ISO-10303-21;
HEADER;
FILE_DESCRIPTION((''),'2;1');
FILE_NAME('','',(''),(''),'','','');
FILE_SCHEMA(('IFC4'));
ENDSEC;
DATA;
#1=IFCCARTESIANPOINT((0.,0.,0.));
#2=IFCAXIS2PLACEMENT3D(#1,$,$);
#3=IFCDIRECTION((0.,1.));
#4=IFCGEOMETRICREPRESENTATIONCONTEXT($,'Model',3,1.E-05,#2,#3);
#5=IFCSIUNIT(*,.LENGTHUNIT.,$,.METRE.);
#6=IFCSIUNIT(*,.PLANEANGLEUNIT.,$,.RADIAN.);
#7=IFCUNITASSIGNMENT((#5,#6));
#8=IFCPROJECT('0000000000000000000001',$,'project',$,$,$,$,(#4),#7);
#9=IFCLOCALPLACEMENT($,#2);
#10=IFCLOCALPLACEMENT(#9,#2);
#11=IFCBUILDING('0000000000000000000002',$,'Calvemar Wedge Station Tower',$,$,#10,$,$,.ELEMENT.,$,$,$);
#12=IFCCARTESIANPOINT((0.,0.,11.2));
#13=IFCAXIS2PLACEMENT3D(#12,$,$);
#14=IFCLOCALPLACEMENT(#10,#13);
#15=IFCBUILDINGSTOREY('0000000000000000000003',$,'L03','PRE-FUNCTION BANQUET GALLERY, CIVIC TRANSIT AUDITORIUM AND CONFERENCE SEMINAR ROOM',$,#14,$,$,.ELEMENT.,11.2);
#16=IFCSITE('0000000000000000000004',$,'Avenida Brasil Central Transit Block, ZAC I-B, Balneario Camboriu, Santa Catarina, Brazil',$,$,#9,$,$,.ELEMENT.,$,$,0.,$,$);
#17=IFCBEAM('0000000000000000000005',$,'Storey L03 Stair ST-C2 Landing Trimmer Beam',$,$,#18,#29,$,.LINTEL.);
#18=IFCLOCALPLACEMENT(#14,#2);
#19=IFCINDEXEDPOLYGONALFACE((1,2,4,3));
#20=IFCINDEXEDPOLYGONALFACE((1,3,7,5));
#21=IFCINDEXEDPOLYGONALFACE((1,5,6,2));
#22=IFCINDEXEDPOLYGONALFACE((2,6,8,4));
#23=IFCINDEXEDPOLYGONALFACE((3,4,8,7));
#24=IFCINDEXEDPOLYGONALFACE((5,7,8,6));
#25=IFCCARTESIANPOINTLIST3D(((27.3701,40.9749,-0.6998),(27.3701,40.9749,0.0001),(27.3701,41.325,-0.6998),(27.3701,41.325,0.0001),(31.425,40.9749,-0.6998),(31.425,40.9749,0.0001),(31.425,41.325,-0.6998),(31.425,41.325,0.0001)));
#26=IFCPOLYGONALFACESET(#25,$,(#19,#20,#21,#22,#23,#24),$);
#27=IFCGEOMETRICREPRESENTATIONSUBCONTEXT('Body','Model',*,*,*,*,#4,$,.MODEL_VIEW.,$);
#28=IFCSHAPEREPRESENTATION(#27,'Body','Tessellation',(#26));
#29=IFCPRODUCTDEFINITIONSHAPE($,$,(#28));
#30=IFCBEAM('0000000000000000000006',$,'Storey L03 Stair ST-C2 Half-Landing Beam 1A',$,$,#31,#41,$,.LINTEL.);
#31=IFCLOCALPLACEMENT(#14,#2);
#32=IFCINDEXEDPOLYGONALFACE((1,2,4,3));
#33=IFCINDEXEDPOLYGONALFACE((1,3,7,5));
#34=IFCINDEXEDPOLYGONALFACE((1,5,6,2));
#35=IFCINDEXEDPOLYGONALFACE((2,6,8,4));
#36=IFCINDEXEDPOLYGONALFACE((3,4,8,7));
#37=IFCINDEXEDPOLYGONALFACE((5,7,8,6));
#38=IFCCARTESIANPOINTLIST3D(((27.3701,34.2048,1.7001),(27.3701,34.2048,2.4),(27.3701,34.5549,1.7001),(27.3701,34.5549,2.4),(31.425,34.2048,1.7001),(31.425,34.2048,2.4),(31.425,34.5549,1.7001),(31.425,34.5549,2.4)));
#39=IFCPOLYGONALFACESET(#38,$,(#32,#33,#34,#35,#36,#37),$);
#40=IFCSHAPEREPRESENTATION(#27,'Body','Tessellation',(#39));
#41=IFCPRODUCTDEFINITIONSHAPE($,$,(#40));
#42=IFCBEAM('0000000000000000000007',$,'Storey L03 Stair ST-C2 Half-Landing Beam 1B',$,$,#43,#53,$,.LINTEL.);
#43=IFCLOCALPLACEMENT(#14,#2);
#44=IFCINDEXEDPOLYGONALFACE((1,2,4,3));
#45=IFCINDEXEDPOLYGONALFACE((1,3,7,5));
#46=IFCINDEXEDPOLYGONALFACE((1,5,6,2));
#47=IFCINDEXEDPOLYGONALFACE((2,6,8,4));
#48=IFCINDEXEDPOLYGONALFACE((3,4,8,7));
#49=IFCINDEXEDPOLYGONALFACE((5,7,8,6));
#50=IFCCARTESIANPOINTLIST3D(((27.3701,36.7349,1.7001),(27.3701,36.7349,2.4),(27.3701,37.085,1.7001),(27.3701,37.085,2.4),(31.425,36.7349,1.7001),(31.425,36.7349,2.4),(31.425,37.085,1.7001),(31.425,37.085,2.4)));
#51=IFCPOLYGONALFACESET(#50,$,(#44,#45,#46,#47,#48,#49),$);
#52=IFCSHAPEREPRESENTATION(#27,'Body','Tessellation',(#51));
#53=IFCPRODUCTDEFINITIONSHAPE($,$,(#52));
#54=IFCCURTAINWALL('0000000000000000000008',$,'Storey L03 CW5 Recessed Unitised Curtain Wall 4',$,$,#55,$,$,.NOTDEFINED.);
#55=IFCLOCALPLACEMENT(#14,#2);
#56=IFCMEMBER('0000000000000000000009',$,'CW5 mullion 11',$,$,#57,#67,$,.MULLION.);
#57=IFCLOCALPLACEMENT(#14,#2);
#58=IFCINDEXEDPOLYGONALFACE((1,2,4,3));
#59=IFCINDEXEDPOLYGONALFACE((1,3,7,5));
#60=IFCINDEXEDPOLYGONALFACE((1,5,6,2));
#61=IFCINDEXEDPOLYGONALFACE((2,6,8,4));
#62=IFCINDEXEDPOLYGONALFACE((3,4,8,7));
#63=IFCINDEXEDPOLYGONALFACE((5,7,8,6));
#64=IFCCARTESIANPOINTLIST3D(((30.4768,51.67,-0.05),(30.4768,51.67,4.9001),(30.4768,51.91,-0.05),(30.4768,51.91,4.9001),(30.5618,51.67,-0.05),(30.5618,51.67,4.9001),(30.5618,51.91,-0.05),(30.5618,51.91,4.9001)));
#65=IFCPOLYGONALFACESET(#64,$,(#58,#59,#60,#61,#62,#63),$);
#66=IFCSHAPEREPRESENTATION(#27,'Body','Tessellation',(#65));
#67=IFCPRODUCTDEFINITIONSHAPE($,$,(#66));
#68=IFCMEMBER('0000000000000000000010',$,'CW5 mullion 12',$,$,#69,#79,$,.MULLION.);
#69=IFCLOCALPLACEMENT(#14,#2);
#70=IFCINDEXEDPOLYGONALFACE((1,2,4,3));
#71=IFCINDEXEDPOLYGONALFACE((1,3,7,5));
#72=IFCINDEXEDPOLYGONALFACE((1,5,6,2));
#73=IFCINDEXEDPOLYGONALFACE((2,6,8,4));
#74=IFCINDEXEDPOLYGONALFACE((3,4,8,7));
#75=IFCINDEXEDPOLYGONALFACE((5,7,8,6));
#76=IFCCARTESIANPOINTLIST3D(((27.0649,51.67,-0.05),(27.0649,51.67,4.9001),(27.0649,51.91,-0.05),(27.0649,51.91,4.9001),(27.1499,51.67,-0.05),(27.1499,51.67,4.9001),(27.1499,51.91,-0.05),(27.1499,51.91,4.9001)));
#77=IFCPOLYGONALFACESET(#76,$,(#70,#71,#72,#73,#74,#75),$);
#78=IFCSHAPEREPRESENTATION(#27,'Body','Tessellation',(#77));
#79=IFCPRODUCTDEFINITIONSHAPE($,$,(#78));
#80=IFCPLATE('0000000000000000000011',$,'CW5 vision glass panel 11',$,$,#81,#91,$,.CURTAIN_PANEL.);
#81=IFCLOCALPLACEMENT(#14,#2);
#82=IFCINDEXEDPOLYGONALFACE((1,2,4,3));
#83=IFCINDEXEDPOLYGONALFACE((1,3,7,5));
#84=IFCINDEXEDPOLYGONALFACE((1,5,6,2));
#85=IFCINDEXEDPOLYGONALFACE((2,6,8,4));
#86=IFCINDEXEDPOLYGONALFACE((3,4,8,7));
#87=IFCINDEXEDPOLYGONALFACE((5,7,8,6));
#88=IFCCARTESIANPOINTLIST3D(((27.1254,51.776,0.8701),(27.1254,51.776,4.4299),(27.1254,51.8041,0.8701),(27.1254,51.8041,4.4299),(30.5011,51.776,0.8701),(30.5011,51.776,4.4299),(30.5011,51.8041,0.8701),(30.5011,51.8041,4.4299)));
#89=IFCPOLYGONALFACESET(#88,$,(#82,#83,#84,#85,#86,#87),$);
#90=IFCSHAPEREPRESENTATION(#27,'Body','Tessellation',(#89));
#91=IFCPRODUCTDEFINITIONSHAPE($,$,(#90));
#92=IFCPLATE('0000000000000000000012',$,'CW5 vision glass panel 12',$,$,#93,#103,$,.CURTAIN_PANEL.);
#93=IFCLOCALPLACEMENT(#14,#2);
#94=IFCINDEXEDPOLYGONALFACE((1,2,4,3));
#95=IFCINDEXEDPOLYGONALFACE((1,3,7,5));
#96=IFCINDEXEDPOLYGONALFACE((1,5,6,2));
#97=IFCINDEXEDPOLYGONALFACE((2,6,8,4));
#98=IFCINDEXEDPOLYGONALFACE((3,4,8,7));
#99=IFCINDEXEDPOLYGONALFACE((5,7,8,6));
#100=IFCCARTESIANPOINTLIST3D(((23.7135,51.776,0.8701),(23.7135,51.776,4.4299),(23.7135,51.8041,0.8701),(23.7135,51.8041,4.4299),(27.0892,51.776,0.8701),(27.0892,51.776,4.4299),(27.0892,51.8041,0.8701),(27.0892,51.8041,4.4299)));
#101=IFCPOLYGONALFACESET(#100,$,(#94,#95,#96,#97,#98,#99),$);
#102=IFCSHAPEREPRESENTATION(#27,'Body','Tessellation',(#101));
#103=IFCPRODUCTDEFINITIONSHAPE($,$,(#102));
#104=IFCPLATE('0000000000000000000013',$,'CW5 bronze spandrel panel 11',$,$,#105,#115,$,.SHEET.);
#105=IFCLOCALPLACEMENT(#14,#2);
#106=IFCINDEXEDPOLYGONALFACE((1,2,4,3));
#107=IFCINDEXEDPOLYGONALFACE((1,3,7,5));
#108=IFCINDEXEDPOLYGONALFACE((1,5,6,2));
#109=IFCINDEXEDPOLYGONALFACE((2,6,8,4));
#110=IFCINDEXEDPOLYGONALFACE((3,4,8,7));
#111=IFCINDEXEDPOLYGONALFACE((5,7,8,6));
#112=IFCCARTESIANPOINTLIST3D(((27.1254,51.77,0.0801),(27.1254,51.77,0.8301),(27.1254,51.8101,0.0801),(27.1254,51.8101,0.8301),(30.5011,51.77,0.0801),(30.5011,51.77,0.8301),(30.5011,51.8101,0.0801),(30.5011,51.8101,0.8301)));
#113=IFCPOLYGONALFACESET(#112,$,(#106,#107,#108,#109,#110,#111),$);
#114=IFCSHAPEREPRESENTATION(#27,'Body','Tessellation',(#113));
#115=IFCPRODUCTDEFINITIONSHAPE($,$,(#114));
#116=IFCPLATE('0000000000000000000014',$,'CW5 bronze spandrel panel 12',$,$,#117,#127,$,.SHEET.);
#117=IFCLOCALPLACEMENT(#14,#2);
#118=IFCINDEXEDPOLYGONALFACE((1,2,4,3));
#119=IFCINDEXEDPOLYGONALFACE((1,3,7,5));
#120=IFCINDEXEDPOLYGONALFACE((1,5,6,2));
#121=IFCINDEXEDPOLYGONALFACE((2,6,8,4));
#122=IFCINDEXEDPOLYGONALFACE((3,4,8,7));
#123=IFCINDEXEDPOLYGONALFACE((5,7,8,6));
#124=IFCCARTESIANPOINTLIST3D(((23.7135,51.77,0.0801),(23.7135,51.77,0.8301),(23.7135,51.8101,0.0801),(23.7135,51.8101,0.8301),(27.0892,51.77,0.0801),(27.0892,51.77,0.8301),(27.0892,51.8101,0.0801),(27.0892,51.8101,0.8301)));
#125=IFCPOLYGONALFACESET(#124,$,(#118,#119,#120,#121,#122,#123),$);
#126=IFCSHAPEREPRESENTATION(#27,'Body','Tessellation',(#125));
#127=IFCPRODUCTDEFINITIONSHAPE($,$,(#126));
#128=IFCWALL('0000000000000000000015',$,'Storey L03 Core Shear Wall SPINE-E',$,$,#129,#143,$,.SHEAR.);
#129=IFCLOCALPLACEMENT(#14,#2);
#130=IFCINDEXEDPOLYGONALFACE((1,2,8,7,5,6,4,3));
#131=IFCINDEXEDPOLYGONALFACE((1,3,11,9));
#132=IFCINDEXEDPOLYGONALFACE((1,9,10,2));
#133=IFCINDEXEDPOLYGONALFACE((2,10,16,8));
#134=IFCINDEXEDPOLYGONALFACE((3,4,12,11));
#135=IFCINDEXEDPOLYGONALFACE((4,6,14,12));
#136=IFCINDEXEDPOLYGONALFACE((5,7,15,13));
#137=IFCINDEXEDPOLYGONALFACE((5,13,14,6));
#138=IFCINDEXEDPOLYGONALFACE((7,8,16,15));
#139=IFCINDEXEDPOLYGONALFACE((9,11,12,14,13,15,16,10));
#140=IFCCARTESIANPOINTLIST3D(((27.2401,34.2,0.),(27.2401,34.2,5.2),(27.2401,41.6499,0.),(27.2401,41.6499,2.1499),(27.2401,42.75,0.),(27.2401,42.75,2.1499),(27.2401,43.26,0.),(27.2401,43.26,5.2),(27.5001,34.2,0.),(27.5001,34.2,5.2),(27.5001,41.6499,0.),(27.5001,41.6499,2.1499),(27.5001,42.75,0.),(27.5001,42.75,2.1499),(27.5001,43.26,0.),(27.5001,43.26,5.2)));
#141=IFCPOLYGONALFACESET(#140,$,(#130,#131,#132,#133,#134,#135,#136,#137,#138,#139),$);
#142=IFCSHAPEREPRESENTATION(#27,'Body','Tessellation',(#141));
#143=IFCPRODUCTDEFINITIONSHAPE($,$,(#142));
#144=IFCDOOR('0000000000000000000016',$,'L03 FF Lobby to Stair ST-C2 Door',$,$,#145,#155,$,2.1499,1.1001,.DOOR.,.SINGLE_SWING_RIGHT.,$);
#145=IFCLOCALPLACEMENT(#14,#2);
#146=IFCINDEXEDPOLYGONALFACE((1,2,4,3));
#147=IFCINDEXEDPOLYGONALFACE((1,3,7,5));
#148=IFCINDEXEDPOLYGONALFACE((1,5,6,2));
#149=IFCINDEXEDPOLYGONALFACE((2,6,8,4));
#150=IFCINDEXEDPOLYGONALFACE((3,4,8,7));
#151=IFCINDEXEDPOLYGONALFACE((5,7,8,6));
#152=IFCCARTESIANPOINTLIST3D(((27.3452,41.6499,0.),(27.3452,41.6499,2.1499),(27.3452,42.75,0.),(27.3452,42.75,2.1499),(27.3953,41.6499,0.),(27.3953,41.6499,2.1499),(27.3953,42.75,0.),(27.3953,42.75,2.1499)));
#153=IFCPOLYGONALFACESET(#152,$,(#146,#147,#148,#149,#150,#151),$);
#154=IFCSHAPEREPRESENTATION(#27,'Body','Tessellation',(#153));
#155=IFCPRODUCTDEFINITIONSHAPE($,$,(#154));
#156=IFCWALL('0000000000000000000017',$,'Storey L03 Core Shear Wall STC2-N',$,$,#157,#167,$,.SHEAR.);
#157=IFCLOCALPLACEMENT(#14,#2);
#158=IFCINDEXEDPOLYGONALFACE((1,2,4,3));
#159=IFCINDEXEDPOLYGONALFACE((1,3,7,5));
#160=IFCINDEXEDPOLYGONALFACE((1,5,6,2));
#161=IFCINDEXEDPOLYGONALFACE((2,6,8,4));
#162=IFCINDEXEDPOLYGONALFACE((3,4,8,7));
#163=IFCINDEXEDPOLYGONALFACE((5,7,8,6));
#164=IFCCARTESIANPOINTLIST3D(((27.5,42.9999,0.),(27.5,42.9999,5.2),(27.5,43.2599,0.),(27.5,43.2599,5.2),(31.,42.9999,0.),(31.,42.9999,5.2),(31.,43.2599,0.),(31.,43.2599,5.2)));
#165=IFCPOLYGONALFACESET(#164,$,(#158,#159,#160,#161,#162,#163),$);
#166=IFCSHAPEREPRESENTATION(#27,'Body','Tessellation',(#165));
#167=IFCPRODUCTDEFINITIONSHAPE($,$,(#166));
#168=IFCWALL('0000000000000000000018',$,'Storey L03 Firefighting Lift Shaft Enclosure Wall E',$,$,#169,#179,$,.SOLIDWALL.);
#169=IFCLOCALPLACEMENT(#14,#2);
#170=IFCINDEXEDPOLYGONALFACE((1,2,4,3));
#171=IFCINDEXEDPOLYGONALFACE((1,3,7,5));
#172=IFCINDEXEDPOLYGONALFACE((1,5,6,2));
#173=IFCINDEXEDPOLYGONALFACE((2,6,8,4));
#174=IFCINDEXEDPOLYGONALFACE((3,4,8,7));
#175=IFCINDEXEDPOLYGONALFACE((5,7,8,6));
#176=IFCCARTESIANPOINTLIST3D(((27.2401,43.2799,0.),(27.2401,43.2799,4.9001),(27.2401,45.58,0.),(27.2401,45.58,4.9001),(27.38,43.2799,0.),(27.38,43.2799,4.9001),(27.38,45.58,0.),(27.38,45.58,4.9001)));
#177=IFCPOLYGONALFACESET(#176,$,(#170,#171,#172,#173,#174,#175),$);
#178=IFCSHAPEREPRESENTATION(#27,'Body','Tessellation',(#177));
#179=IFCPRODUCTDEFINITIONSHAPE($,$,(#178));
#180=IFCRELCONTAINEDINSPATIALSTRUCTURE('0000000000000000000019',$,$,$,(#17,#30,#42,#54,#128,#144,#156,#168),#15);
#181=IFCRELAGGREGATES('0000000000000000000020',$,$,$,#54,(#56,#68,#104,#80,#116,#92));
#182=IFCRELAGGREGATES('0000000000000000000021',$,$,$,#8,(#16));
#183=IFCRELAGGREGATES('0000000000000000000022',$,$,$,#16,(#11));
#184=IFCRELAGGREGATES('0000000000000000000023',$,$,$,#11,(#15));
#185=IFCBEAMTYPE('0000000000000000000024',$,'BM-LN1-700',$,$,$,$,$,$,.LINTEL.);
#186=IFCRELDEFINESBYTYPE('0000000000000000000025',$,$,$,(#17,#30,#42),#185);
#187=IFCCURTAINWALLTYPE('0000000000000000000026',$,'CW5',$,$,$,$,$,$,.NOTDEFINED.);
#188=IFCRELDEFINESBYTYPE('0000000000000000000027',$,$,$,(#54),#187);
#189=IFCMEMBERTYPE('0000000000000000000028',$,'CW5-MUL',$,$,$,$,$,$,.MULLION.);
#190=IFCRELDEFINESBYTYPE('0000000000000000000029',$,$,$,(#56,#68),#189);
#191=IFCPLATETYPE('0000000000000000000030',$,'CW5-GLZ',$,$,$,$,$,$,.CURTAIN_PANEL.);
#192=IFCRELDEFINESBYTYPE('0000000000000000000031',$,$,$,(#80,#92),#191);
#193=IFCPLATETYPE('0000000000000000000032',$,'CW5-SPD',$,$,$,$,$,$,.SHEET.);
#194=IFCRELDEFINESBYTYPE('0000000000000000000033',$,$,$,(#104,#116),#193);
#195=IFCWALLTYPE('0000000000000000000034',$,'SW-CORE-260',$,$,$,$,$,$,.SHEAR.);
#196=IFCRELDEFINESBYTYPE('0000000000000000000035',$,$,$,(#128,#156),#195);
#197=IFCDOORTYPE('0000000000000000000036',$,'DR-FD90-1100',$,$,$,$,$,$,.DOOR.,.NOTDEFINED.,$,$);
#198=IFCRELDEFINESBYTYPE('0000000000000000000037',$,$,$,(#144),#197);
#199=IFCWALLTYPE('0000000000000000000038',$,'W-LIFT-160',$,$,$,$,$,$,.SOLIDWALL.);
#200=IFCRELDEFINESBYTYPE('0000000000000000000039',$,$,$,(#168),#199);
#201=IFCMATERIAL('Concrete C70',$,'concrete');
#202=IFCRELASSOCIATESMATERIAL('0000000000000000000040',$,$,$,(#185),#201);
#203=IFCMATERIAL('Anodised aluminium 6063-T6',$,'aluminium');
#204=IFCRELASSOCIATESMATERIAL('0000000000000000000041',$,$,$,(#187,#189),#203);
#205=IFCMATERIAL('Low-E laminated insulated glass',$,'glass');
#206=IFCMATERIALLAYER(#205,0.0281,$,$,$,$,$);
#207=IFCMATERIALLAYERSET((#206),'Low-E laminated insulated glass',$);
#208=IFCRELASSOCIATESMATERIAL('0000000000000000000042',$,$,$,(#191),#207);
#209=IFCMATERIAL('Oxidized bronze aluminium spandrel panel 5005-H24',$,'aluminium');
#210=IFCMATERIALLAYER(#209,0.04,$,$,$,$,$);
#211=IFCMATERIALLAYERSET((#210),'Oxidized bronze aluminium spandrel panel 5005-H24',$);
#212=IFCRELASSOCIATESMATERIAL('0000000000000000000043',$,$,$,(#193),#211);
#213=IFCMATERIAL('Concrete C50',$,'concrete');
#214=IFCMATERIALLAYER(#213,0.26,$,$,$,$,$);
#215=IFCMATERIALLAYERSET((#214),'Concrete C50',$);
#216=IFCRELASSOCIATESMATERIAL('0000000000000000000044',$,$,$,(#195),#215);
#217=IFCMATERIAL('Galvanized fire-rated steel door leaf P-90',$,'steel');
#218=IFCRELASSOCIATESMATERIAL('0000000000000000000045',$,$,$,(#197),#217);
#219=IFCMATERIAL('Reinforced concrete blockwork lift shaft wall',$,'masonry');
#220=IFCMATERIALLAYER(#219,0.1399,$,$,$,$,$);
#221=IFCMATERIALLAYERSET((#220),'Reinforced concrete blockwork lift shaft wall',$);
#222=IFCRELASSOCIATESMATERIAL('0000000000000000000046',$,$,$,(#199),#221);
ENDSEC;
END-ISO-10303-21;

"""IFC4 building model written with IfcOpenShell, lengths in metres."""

from ifc_helpers import new_model, si_unit, direction, frame, frame_2d, origin, origin_2d, place, context, subcontext, project, spatial, rectangle, extrude, source, transform, mapped, material, layer, layer_set, material_profile, profile_set, type_object, element, fill, aggregate, save


model = new_model("IFC4")

# Units and contexts
model_context = context("Model", 3, precision=1e-05, world=origin(), true_north=direction((0.0, 1.0)))
body_context = subcontext(model_context, "Body", "Model", "MODEL_VIEW")
ifc_project = project(units=[si_unit("LENGTHUNIT", "METRE"), si_unit("PLANEANGLEUNIT", "RADIAN")], contexts=[model_context])

# Site, building, storey
site_placement = place(None, origin())
site = spatial("IfcSite", under=ifc_project, at=site_placement, Name="Avenida Brasil Central Transit Block, ZAC I-B, Balneario Camboriu, Santa Catarina, Brazil", CompositionType="ELEMENT", RefElevation=0.0)
building_placement = place(site_placement, origin())
building = spatial("IfcBuilding", under=site, at=building_placement, Name="Calvemar Wedge Station Tower", CompositionType="ELEMENT")
storey_placement = place(building_placement, frame((0.0, 0.0, 11.2)))
storey = spatial("IfcBuildingStorey", under=building, at=storey_placement, Name="L03", Description="PRE-FUNCTION BANQUET GALLERY, CIVIC TRANSIT AUDITORIUM AND CONFERENCE SEMINAR ROOM", CompositionType="ELEMENT", Elevation=11.2)

# Beams
ifc_material_1 = material(Name="Concrete C70", Category="concrete")
ifc_material_profile_1 = material_profile(ifc_material_1, rectangle(XDim=0.3501, YDim=0.7, at=origin_2d()), Name="RC350x700")
ifc_profile_set_1 = profile_set([ifc_material_profile_1], Name="Concrete C70")
beam_type = type_object("IfcBeamType", Name="BM-LN1-700", PredefinedType="LINTEL", material=ifc_profile_set_1)
shared_shape_1 = source(origin(), body_context, "Body", "SweptSolid", [
    extrude(rectangle(XDim=0.3501, YDim=0.7, at=origin_2d()), origin(), (0.0, 0.0, 1.0), 4.0549),
])
for number, where, z_axis, x_axis, name in (
    (1, (27.3701, 41.1499, -0.3499), (1.0, 0.0, 0.0), (0.0, 1.0, 0.0), "Storey L03 Stair ST-C2 Landing Trimmer Beam"),
    (2, (27.3701, 34.3799, 2.05), (1.0, 0.0, 0.0), (0.0, 1.0, 0.0), "Storey L03 Stair ST-C2 Half-Landing Beam 1A"),
    (3, (27.3701, 36.9099, 2.05), (1.0, 0.0, 0.0), (0.0, 1.0, 0.0), "Storey L03 Stair ST-C2 Half-Landing Beam 1B"),
):
    element("IfcBeam", number, at=place(storey_placement, frame(where, z_axis=z_axis, x_axis=x_axis)), inside=storey, type_object=beam_type, Name=name, PredefinedType="LINTEL", context=body_context, shape_type="MappedRepresentation", body=[
        mapped(shared_shape_1, transform((0.0, 0.0, 0.0), scale=1.0)),
    ])

# Curtain wall, members, plates
ifc_material_2 = material(Name="Anodised aluminium 6063-T6", Category="aluminium")
curtain_wall_type = type_object("IfcCurtainWallType", Name="CW5", PredefinedType="NOTDEFINED", material=ifc_material_2)
curtain_wall_placement = place(storey_placement, origin())
curtain_wall = element("IfcCurtainWall", 4, at=curtain_wall_placement, inside=storey, type_object=curtain_wall_type, Name="Storey L03 CW5 Recessed Unitised Curtain Wall 4", PredefinedType="NOTDEFINED")
ifc_material_profile_2 = material_profile(ifc_material_2, rectangle(XDim=0.085, YDim=0.24, at=origin_2d()), Name="AL-MUL-85x240")
ifc_profile_set_2 = profile_set([ifc_material_profile_2], Name="Anodised aluminium 6063-T6")
member_type = type_object("IfcMemberType", Name="CW5-MUL", PredefinedType="MULLION", material=ifc_profile_set_2)
shared_shape_2 = source(origin(), body_context, "Body", "SweptSolid", [
    extrude(rectangle(XDim=0.085, YDim=0.24, at=origin_2d()), origin(), (0.0, 0.0, 1.0), 4.9502),
])
member_1_placement = place(storey_placement, frame((30.5193, 51.79, -0.05), z_axis=(0.0, 0.0, 1.0), x_axis=(1.0, 0.0, 0.0)))
member_1 = element("IfcMember", 5, at=member_1_placement, type_object=member_type, Name="CW5 mullion 11", PredefinedType="MULLION", context=body_context, shape_type="MappedRepresentation", body=[
    mapped(shared_shape_2, transform((0.0, 0.0, 0.0), scale=1.0)),
])
member_2_placement = place(storey_placement, frame((27.1074, 51.79, -0.05), z_axis=(0.0, 0.0, 1.0), x_axis=(1.0, 0.0, 0.0)))
member_2 = element("IfcMember", 6, at=member_2_placement, type_object=member_type, Name="CW5 mullion 12", PredefinedType="MULLION", context=body_context, shape_type="MappedRepresentation", body=[
    mapped(shared_shape_2, transform((0.0, 0.0, 0.0), scale=1.0)),
])
ifc_material_3 = material(Name="Low-E laminated insulated glass", Category="glass")
ifc_layer_1 = layer(ifc_material_3, 0.0281)
ifc_layer_set_1 = layer_set([ifc_layer_1], Name="Low-E laminated insulated glass")
plate_type_1 = type_object("IfcPlateType", Name="CW5-GLZ", PredefinedType="CURTAIN_PANEL", material=ifc_layer_set_1)
plate_1_placement = place(storey_placement, frame((30.5012, 51.79, 0.8701), z_axis=(0.0, 0.0, 1.0), x_axis=(-1.0, 0.0, 0.0)))
plate_1 = element("IfcPlate", 7, at=plate_1_placement, type_object=plate_type_1, Name="CW5 vision glass panel 11", PredefinedType="CURTAIN_PANEL", context=body_context, shape_type="SweptSolid", body=[
    extrude(rectangle(XDim=3.3757, YDim=0.0281, at=frame_2d((1.688, 0.0))), origin(), (0.0, 0.0, 1.0), 3.5598),
])
plate_2_placement = place(storey_placement, frame((27.0894, 51.79, 0.8701), z_axis=(0.0, 0.0, 1.0), x_axis=(-1.0, 0.0, 0.0)))
plate_2 = element("IfcPlate", 8, at=plate_2_placement, type_object=plate_type_1, Name="CW5 vision glass panel 12", PredefinedType="CURTAIN_PANEL", context=body_context, shape_type="SweptSolid", body=[
    extrude(rectangle(XDim=3.3757, YDim=0.0281, at=frame_2d((1.688, 0.0))), origin(), (0.0, 0.0, 1.0), 3.5598),
])
ifc_material_4 = material(Name="Oxidized bronze aluminium spandrel panel 5005-H24", Category="aluminium")
ifc_layer_2 = layer(ifc_material_4, 0.04)
ifc_layer_set_2 = layer_set([ifc_layer_2], Name="Oxidized bronze aluminium spandrel panel 5005-H24")
plate_type_2 = type_object("IfcPlateType", Name="CW5-SPD", PredefinedType="SHEET", material=ifc_layer_set_2)
plate_3_placement = place(storey_placement, frame((30.5012, 51.79, 0.0801), z_axis=(0.0, 0.0, 1.0), x_axis=(-1.0, 0.0, 0.0)))
plate_3 = element("IfcPlate", 9, at=plate_3_placement, type_object=plate_type_2, Name="CW5 bronze spandrel panel 11", PredefinedType="SHEET", context=body_context, shape_type="SweptSolid", body=[
    extrude(rectangle(XDim=3.3757, YDim=0.04, at=frame_2d((1.688, 0.0))), origin(), (0.0, 0.0, 1.0), 0.75),
])
plate_4_placement = place(storey_placement, frame((27.0894, 51.79, 0.0801), z_axis=(0.0, 0.0, 1.0), x_axis=(-1.0, 0.0, 0.0)))
plate_4 = element("IfcPlate", 10, at=plate_4_placement, type_object=plate_type_2, Name="CW5 bronze spandrel panel 12", PredefinedType="SHEET", context=body_context, shape_type="SweptSolid", body=[
    extrude(rectangle(XDim=3.3757, YDim=0.04, at=frame_2d((1.688, 0.0))), origin(), (0.0, 0.0, 1.0), 0.75),
])
aggregate(curtain_wall, [member_1, member_2, plate_3, plate_1, plate_4, plate_2])

# Wall, opening, door
ifc_material_5 = material(Name="Concrete C50", Category="concrete")
ifc_layer_3 = layer(ifc_material_5, 0.26)
ifc_layer_set_3 = layer_set([ifc_layer_3], Name="Concrete C50")
wall_type_1 = type_object("IfcWallType", Name="SW-CORE-260", PredefinedType="SHEAR", material=ifc_layer_set_3)
wall_1_placement = place(storey_placement, frame((27.3701, 34.2, 0.0), z_axis=(0.0, 0.0, 1.0), x_axis=(0.0, 1.0, 0.0)))
wall_1 = element("IfcWall", 11, at=wall_1_placement, inside=storey, type_object=wall_type_1, Name="Storey L03 Core Shear Wall SPINE-E", PredefinedType="SHEAR", context=body_context, shape_type="SweptSolid", body=[
    extrude(rectangle(XDim=9.0601, YDim=0.26, at=frame_2d((4.53, 0.0))), origin(), (0.0, 0.0, 1.0), 5.2),
])
shared_shape_3 = source(origin(), body_context, "Body", "SweptSolid", [
    extrude(rectangle(XDim=1.1001, YDim=2.1499, at=frame_2d((0.55, 1.075))), frame((0.0, 0.1401, 0.0), z_axis=(0.0, -1.0, 0.0), x_axis=(1.0, 0.0, 0.0)), (0.0, 0.0, 1.0), 0.28),
])
opening_1_placement = place(wall_1_placement, frame((7.45, 0.0, 0.0)))
opening_1 = element("IfcOpeningElement", 12, at=opening_1_placement, cuts=wall_1, PredefinedType="OPENING", context=body_context, shape_type="MappedRepresentation", body=[
    mapped(shared_shape_3, transform((0.0, 0.0, 0.0), scale=1.0)),
])
ifc_material_6 = material(Name="Galvanized fire-rated steel door leaf P-90", Category="steel")
door_type_1 = type_object("IfcDoorType", Name="DR-FD90-1100", OperationType="NOTDEFINED", PredefinedType="DOOR", material=ifc_material_6)
shared_shape_4 = source(origin(), body_context, "Body", "SweptSolid", [
    extrude(rectangle(XDim=1.1001, YDim=2.1499, at=frame_2d((0.55, 1.075))), frame((0.0, 0.0249, 0.0), z_axis=(0.0, -1.0, 0.0), x_axis=(1.0, 0.0, 0.0)), (0.0, 0.0, 1.0), 0.05),
])
door_1_placement = place(opening_1_placement, origin())
door_1 = element("IfcDoor", 13, at=door_1_placement, inside=storey, type_object=door_type_1, Name="L03 FF Lobby to Stair ST-C2 Door", OperationType="SINGLE_SWING_RIGHT", OverallHeight=2.1499, OverallWidth=1.1001, PredefinedType="DOOR", context=body_context, shape_type="MappedRepresentation", body=[
    mapped(shared_shape_4, transform((0.0, 0.0, 0.0), scale=1.0)),
])
fill(opening_1, door_1)

# Wall
wall_2_placement = place(storey_placement, frame((27.5, 43.1299, 0.0), z_axis=(0.0, 0.0, 1.0), x_axis=(1.0, 0.0, 0.0)))
element("IfcWall", 14, at=wall_2_placement, inside=storey, type_object=wall_type_1, Name="Storey L03 Core Shear Wall STC2-N", PredefinedType="SHEAR", context=body_context, shape_type="SweptSolid", body=[
    extrude(rectangle(XDim=3.5, YDim=0.26, at=frame_2d((1.75, 0.0))), origin(), (0.0, 0.0, 1.0), 5.2),
])

# Wall
ifc_material_7 = material(Name="Reinforced concrete blockwork lift shaft wall", Category="masonry")
ifc_layer_4 = layer(ifc_material_7, 0.1399)
ifc_layer_set_4 = layer_set([ifc_layer_4], Name="Reinforced concrete blockwork lift shaft wall")
wall_type_2 = type_object("IfcWallType", Name="W-LIFT-160", PredefinedType="SOLIDWALL", material=ifc_layer_set_4)
wall_3_placement = place(storey_placement, frame((27.3101, 43.28, 0.0), z_axis=(0.0, 0.0, 1.0), x_axis=(0.0, 1.0, 0.0)))
element("IfcWall", 15, at=wall_3_placement, inside=storey, type_object=wall_type_2, Name="Storey L03 Firefighting Lift Shaft Enclosure Wall E", PredefinedType="SOLIDWALL", context=body_context, shape_type="SweptSolid", body=[
    extrude(rectangle(XDim=2.3, YDim=0.1399, at=frame_2d((1.1499, 0.0))), origin(), (0.0, 0.0, 1.0), 4.9001),
])

save(model, "model.ifc")
